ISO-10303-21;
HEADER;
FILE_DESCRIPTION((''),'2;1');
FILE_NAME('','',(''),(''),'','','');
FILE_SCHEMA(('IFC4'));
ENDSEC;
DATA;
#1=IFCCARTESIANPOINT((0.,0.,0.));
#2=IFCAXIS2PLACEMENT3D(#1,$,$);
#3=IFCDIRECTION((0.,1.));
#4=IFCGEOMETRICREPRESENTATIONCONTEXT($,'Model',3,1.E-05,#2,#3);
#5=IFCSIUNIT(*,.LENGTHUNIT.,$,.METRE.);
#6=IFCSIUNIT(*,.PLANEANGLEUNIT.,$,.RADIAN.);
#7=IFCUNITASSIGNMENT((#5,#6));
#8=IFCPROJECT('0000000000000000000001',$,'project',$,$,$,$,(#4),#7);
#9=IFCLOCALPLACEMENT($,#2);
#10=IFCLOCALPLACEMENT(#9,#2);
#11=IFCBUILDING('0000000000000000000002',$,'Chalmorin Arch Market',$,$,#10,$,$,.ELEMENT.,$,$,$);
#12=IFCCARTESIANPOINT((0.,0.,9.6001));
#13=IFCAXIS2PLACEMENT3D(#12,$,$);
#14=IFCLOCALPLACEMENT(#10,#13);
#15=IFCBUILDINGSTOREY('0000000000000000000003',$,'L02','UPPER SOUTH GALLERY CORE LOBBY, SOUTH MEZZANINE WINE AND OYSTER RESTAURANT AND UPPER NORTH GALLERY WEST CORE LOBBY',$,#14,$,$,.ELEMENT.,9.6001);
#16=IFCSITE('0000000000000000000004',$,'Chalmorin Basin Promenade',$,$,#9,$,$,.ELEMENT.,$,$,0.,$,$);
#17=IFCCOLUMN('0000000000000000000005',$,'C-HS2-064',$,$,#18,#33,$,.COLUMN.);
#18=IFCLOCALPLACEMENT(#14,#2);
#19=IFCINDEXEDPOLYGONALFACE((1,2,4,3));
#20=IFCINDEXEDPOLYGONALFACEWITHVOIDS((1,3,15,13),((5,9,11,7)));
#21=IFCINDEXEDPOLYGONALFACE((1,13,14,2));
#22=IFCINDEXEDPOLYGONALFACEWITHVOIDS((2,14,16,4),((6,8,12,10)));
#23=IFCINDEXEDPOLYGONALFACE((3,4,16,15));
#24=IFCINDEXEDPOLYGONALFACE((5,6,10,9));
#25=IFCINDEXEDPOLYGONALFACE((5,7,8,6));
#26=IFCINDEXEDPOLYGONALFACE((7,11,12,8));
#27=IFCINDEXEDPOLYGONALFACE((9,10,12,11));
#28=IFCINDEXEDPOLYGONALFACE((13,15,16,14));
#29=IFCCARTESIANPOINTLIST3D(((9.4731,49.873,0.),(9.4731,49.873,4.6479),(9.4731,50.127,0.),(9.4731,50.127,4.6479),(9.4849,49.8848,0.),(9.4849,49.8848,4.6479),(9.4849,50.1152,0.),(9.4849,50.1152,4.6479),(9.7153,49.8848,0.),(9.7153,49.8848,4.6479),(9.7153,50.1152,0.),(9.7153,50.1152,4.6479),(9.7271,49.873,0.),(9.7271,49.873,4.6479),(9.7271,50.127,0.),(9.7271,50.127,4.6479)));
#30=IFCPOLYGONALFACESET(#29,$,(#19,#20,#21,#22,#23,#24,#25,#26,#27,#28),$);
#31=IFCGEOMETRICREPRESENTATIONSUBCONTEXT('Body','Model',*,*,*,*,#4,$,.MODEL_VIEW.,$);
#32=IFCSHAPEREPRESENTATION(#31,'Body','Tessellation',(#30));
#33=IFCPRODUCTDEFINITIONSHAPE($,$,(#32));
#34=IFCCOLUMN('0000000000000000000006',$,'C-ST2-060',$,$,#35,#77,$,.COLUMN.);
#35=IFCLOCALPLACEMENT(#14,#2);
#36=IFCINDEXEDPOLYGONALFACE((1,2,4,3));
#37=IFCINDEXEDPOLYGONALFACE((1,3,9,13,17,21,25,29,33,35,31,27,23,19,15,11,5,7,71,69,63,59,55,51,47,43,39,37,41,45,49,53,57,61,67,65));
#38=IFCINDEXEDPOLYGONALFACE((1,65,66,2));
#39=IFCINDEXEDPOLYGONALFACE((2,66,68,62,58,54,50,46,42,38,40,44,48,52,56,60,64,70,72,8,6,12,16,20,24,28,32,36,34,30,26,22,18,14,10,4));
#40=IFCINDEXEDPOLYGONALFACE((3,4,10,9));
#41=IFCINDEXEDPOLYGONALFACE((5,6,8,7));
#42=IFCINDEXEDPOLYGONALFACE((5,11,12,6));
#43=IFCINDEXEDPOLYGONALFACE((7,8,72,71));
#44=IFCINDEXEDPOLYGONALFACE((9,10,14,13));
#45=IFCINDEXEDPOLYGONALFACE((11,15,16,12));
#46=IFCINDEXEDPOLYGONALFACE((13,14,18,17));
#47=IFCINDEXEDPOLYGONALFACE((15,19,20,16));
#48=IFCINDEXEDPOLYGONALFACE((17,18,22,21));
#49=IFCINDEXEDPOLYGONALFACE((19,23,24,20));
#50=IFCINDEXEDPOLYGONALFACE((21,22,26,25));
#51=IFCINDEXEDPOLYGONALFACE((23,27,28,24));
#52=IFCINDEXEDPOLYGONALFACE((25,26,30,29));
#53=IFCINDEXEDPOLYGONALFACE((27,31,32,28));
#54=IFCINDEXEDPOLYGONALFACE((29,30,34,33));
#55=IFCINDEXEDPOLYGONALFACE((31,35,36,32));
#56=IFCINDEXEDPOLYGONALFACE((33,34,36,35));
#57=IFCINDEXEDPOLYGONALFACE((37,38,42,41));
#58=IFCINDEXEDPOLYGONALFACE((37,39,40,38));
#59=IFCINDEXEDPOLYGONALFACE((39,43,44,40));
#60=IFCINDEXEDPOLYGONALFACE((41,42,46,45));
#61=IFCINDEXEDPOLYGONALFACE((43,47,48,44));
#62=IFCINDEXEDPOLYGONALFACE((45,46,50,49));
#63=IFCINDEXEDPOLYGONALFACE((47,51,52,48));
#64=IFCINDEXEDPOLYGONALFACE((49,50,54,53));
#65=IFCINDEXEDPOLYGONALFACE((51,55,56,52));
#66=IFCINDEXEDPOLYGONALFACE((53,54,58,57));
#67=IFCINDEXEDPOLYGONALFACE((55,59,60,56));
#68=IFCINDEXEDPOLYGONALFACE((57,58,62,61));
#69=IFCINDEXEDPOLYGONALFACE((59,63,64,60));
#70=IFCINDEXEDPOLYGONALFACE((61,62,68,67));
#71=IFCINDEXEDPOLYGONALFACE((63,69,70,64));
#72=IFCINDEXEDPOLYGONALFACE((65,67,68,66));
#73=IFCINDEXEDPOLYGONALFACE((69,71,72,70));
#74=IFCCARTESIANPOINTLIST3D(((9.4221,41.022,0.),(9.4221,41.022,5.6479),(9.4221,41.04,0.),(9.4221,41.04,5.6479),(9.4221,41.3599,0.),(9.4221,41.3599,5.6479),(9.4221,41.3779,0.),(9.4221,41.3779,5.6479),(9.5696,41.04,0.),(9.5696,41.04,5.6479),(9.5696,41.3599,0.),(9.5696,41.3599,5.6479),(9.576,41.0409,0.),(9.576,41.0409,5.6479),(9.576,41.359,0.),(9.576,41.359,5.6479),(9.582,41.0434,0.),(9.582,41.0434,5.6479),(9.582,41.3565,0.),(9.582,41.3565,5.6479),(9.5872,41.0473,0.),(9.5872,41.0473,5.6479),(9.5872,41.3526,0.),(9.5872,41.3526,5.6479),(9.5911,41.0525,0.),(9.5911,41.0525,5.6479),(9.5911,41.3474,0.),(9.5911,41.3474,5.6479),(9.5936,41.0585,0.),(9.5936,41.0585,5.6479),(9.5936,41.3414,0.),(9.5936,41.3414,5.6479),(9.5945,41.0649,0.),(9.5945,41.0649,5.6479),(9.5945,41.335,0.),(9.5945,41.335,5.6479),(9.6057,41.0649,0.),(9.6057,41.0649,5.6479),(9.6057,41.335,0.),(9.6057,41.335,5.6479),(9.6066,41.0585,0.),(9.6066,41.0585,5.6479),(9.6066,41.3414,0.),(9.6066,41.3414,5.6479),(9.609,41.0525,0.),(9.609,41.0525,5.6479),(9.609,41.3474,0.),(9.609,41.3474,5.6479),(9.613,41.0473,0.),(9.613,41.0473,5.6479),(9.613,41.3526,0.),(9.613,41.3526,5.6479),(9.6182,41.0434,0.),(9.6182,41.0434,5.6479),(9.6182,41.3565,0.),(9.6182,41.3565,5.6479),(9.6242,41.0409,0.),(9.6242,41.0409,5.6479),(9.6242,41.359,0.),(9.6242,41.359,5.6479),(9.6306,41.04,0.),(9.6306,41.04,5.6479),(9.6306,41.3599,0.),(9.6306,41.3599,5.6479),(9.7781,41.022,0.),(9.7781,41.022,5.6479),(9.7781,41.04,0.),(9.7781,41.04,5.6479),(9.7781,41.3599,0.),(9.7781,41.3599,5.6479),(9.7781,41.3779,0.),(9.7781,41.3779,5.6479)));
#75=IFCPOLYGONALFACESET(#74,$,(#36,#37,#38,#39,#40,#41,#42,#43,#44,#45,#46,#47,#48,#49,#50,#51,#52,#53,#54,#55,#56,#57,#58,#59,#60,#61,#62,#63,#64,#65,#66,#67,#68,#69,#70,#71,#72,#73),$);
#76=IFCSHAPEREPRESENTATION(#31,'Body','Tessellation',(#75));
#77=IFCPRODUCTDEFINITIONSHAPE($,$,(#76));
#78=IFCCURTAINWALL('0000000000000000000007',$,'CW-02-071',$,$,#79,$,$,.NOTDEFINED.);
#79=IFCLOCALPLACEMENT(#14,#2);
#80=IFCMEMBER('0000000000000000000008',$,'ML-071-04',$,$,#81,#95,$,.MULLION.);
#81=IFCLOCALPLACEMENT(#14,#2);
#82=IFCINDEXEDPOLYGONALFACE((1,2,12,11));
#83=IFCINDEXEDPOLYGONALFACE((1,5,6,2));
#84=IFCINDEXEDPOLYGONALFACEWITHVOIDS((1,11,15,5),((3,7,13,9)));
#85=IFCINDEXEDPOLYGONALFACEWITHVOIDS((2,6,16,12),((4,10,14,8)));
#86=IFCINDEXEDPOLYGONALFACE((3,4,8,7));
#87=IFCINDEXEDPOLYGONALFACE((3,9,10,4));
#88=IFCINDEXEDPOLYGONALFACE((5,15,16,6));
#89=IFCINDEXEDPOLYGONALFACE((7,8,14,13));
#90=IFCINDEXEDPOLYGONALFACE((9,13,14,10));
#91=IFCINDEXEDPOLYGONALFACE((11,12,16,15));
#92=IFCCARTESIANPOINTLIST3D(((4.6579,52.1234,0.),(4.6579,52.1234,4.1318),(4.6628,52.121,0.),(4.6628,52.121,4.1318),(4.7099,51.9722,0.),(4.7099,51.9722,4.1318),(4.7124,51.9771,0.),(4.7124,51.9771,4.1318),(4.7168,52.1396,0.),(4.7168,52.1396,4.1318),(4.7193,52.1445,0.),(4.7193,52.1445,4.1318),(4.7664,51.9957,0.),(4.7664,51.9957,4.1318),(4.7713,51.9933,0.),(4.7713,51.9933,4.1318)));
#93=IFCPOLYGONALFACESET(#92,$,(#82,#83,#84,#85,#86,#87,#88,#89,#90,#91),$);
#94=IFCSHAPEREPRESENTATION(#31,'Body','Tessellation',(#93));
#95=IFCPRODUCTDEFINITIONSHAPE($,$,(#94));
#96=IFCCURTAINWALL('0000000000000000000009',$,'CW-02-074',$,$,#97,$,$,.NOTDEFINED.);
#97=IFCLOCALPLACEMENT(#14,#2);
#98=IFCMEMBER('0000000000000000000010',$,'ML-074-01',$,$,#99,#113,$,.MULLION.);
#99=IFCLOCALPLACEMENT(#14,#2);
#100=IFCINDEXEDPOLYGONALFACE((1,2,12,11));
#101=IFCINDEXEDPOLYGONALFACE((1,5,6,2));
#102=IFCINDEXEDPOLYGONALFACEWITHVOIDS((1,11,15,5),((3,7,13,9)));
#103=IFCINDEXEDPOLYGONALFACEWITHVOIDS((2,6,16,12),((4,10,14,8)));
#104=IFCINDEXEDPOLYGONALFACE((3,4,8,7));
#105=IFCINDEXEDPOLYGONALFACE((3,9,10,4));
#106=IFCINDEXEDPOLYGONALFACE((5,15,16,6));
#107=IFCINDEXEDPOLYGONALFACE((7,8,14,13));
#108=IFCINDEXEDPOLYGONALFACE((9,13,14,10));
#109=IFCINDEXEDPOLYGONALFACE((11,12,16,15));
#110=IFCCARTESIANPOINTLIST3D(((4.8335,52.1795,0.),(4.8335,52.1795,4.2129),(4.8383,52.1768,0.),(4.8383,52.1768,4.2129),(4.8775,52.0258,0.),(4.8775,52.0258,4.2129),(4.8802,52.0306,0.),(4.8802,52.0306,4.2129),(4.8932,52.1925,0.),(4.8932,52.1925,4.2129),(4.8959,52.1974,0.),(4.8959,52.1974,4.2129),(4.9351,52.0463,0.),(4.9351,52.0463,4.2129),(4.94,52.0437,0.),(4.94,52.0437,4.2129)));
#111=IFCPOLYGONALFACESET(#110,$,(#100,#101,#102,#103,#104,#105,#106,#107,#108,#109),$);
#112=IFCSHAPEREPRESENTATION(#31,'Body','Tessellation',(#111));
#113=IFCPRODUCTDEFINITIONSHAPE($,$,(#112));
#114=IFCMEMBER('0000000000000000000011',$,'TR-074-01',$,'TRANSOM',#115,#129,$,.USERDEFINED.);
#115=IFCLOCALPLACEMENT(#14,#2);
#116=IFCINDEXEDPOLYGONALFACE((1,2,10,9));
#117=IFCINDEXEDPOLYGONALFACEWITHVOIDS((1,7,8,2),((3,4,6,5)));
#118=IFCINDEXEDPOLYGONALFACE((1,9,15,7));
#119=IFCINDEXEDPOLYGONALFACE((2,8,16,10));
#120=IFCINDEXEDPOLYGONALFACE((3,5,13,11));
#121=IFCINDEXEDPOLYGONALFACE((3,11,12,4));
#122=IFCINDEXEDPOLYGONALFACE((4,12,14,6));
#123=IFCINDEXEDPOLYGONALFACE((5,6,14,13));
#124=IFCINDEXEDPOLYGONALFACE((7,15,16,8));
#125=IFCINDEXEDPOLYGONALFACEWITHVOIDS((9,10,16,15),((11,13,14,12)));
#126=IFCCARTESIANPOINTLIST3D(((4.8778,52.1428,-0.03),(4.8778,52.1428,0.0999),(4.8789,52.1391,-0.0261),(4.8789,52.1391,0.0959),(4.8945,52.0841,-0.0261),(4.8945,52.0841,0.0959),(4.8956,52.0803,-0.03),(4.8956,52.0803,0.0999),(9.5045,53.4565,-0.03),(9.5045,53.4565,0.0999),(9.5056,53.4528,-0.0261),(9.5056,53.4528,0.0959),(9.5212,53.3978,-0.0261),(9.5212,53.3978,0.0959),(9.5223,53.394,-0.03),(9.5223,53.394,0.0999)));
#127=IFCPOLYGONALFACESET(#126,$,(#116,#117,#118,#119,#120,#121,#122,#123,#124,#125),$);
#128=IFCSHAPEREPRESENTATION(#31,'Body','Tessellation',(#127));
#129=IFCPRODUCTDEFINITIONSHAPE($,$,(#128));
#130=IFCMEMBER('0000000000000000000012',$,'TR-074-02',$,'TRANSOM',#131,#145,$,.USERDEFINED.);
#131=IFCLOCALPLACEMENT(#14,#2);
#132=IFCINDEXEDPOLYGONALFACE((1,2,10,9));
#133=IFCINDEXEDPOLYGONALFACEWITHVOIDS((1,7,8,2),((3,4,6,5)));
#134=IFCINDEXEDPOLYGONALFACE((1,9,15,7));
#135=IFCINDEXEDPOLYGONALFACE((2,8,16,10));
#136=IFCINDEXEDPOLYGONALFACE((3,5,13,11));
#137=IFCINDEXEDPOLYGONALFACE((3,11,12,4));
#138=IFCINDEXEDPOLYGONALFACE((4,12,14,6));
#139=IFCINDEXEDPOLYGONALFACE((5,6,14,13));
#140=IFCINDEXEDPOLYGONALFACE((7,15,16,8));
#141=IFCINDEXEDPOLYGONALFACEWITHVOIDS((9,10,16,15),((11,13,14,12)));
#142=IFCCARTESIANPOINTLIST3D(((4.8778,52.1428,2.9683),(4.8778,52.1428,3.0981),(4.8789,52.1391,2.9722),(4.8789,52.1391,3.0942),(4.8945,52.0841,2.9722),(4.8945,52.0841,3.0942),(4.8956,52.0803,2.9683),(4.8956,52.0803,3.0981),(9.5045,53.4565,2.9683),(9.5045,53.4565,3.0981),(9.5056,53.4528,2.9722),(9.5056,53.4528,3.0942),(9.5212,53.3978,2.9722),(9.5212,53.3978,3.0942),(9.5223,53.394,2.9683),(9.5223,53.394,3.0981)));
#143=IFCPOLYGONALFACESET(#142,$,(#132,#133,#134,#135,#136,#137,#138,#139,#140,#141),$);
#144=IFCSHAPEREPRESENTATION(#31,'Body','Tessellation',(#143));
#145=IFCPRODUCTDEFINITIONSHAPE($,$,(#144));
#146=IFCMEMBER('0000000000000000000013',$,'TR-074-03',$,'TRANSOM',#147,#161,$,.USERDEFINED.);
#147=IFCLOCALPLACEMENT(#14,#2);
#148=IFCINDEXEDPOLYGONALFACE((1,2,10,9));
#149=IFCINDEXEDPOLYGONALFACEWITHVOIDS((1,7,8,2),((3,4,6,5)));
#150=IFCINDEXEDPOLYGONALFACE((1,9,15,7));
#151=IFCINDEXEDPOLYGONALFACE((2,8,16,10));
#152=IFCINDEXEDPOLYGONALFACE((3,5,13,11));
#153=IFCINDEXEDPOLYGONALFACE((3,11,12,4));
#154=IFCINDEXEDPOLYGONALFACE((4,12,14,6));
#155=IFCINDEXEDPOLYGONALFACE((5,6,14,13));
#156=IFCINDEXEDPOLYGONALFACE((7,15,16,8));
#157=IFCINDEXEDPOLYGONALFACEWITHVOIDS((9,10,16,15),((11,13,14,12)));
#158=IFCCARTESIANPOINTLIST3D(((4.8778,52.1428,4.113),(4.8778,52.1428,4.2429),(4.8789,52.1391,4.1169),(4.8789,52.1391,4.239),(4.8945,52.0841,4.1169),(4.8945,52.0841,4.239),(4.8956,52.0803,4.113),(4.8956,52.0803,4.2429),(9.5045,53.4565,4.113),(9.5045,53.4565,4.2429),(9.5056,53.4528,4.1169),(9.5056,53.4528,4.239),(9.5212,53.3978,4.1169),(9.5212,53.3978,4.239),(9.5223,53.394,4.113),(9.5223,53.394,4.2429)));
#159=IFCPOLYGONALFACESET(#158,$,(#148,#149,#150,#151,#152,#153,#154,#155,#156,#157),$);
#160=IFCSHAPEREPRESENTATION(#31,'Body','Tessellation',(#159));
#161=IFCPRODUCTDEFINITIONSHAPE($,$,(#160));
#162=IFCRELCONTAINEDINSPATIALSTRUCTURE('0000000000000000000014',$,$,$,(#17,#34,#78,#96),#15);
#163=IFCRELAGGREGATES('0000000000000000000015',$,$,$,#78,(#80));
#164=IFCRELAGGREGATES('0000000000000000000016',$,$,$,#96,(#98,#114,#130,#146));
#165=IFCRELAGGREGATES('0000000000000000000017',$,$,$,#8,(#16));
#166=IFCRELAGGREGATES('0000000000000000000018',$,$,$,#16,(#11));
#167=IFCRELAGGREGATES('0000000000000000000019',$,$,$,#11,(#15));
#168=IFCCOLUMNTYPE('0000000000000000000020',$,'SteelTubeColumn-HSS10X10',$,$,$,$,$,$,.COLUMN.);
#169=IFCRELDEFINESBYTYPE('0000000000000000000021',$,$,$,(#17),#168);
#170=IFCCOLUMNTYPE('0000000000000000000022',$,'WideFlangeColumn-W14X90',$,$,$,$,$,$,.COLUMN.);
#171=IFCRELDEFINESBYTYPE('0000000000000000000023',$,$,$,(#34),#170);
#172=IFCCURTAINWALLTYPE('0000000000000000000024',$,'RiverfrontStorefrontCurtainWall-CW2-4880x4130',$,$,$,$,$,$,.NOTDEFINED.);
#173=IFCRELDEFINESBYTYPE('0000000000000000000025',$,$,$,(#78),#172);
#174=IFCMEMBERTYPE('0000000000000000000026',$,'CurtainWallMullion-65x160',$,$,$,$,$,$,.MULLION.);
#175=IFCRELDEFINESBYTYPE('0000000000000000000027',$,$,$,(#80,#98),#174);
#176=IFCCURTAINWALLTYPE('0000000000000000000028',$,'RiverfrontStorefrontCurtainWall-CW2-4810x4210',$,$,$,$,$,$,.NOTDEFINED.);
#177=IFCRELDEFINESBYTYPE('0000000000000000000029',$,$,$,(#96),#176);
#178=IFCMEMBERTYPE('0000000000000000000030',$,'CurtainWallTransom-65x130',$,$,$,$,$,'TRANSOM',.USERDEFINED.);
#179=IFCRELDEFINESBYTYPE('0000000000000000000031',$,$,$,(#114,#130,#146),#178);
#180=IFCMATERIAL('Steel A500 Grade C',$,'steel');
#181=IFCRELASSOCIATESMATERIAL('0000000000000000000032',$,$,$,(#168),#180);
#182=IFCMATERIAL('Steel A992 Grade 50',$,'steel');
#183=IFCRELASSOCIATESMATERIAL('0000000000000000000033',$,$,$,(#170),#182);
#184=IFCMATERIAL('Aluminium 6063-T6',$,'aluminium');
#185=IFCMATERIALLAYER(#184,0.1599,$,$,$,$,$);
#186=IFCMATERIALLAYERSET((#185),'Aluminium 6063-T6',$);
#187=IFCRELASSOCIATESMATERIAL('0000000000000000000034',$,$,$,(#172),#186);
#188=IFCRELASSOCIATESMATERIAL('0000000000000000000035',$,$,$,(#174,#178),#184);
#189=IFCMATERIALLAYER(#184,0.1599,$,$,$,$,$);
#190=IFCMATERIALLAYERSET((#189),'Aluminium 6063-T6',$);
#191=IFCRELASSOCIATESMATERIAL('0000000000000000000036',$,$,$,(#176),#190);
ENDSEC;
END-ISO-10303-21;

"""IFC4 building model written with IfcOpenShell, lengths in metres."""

from ifc_helpers import new_model, si_unit, direction, frame, origin, origin_2d, place, context, subcontext, project, spatial, hollow_rectangle, i_section, extrude, material, layer, layer_set, material_profile, profile_set, type_object, element, aggregate, save


model = new_model("IFC4")

# Units and contexts
model_context = context("Model", 3, precision=1e-05, world=origin(), true_north=direction((0.0, 1.0)))
body_context = subcontext(model_context, "Body", "Model", "MODEL_VIEW")
ifc_project = project(units=[si_unit("LENGTHUNIT", "METRE"), si_unit("PLANEANGLEUNIT", "RADIAN")], contexts=[model_context])

# Site, building, storey
site_placement = place(None, origin())
site = spatial("IfcSite", under=ifc_project, at=site_placement, Name="Chalmorin Basin Promenade", CompositionType="ELEMENT", RefElevation=0.0)
building_placement = place(site_placement, origin())
building = spatial("IfcBuilding", under=site, at=building_placement, Name="Chalmorin Arch Market", CompositionType="ELEMENT")
storey_placement = place(building_placement, frame((0.0, 0.0, 9.6001)))
storey = spatial("IfcBuildingStorey", under=building, at=storey_placement, Name="L02", Description="UPPER SOUTH GALLERY CORE LOBBY, SOUTH MEZZANINE WINE AND OYSTER RESTAURANT AND UPPER NORTH GALLERY WEST CORE LOBBY", CompositionType="ELEMENT", Elevation=9.6001)

# Columns
ifc_material_1 = material(Name="Steel A500 Grade C", Category="steel")
ifc_material_profile_1 = material_profile(ifc_material_1, hollow_rectangle(XDim=0.2539, YDim=0.2539, WallThickness=0.0117, at=origin_2d()), Name="HSS10X10X1/2")
ifc_profile_set_1 = profile_set([ifc_material_profile_1], Name="Steel A500 Grade C")
column_type_1 = type_object("IfcColumnType", Name="SteelTubeColumn-HSS10X10", PredefinedType="COLUMN", material=ifc_profile_set_1)
column_1_placement = place(storey_placement, frame((9.6001, 50.0, 0.0), z_axis=(0.0, 0.0, 1.0), x_axis=(1.0, 0.0, 0.0)))
element("IfcColumn", 1, at=column_1_placement, inside=storey, type_object=column_type_1, Name="C-HS2-064", PredefinedType="COLUMN", context=body_context, shape_type="SweptSolid", body=[
    extrude(hollow_rectangle(XDim=0.2539, YDim=0.2539, WallThickness=0.0117, at=origin_2d()), origin(), (0.0, 0.0, 1.0), 4.6479),
])
ifc_material_2 = material(Name="Steel A992 Grade 50", Category="steel")
ifc_material_profile_2 = material_profile(ifc_material_2, i_section(OverallWidth=0.356, OverallDepth=0.356, WebThickness=0.0112, FlangeThickness=0.0181, FilletRadius=0.0249, at=origin_2d()), Name="W14X90")
ifc_profile_set_2 = profile_set([ifc_material_profile_2], Name="Steel A992 Grade 50")
column_type_2 = type_object("IfcColumnType", Name="WideFlangeColumn-W14X90", PredefinedType="COLUMN", material=ifc_profile_set_2)
column_2_placement = place(storey_placement, frame((9.6001, 41.2, 0.0), z_axis=(0.0, 0.0, 1.0), x_axis=(1.0, 0.0, 0.0)))
element("IfcColumn", 2, at=column_2_placement, inside=storey, type_object=column_type_2, Name="C-ST2-060", PredefinedType="COLUMN", context=body_context, shape_type="SweptSolid", body=[
    extrude(i_section(OverallWidth=0.356, OverallDepth=0.356, WebThickness=0.0112, FlangeThickness=0.0181, FilletRadius=0.0249, at=origin_2d()), origin(), (0.0, 0.0, 1.0), 5.6479),
])

# Curtain wall, member
ifc_material_3 = material(Name="Aluminium 6063-T6", Category="aluminium")
ifc_layer_1 = layer(ifc_material_3, 0.1599)
ifc_layer_set_1 = layer_set([ifc_layer_1], Name="Aluminium 6063-T6")
curtain_wall_type_1 = type_object("IfcCurtainWallType", Name="RiverfrontStorefrontCurtainWall-CW2-4880x4130", PredefinedType="NOTDEFINED", material=ifc_layer_set_1)
curtain_wall_1_placement = place(storey_placement, origin())
curtain_wall_1 = element("IfcCurtainWall", 3, at=curtain_wall_1_placement, inside=storey, type_object=curtain_wall_type_1, Name="CW-02-071", PredefinedType="NOTDEFINED")
ifc_material_profile_3 = material_profile(ifc_material_3, hollow_rectangle(XDim=0.0649, YDim=0.1599, WallThickness=0.0039, at=origin_2d()), Name="ALU65X160X4")
ifc_profile_set_3 = profile_set([ifc_material_profile_3], Name="Aluminium 6063-T6")
member_type_1 = type_object("IfcMemberType", Name="CurtainWallMullion-65x160", PredefinedType="MULLION", material=ifc_profile_set_3)
member_1_placement = place(storey_placement, frame((4.7146, 52.0583, 0.0), z_axis=(0.0, 0.0, 1.0), x_axis=(0.945519, 0.325568, 0.0)))
member_1 = element("IfcMember", 4, at=member_1_placement, type_object=member_type_1, Name="ML-071-04", PredefinedType="MULLION", context=body_context, shape_type="SweptSolid", body=[
    extrude(hollow_rectangle(XDim=0.0649, YDim=0.1599, WallThickness=0.0039, at=origin_2d()), origin(), (0.0, 0.0, 1.0), 4.1318),
])
aggregate(curtain_wall_1, [member_1])

# Curtain wall, members
ifc_layer_2 = layer(ifc_material_3, 0.1599)
ifc_layer_set_2 = layer_set([ifc_layer_2], Name="Aluminium 6063-T6")
curtain_wall_type_2 = type_object("IfcCurtainWallType", Name="RiverfrontStorefrontCurtainWall-CW2-4810x4210", PredefinedType="NOTDEFINED", material=ifc_layer_set_2)
curtain_wall_2_placement = place(storey_placement, origin())
curtain_wall_2 = element("IfcCurtainWall", 5, at=curtain_wall_2_placement, inside=storey, type_object=curtain_wall_type_2, Name="CW-02-074", PredefinedType="NOTDEFINED")
member_2_placement = place(storey_placement, frame((4.8867, 52.1116, 0.0), z_axis=(0.0, 0.0, 1.0), x_axis=(0.961262, 0.275637, 0.0)))
member_2 = element("IfcMember", 6, at=member_2_placement, type_object=member_type_1, Name="ML-074-01", PredefinedType="MULLION", context=body_context, shape_type="SweptSolid", body=[
    extrude(hollow_rectangle(XDim=0.0649, YDim=0.1599, WallThickness=0.0039, at=origin_2d()), origin(), (0.0, 0.0, 1.0), 4.2129),
])
ifc_material_profile_4 = material_profile(ifc_material_3, hollow_rectangle(XDim=0.0649, YDim=0.1299, WallThickness=0.0039, at=origin_2d()), Name="ALU65X130X4")
ifc_profile_set_4 = profile_set([ifc_material_profile_4], Name="Aluminium 6063-T6")
member_type_2 = type_object("IfcMemberType", Name="CurtainWallTransom-65x130", ElementType="TRANSOM", PredefinedType="USERDEFINED", material=ifc_profile_set_4)
member_3_placement = place(storey_placement, frame((4.8867, 52.1116, 0.0349), z_axis=(0.961973, 0.273145, 0.0), x_axis=(-0.273145, 0.961973, 0.0)))
member_3 = element("IfcMember", 7, at=member_3_placement, type_object=member_type_2, Name="TR-074-01", ObjectType="TRANSOM", PredefinedType="USERDEFINED", context=body_context, shape_type="SweptSolid", body=[
    extrude(hollow_rectangle(XDim=0.0649, YDim=0.1299, WallThickness=0.0039, at=origin_2d()), origin(), (0.0, 0.0, 1.0), 4.8096),
])
member_4_placement = place(storey_placement, frame((4.8867, 52.1116, 3.0332), z_axis=(0.961973, 0.273145, 0.0), x_axis=(-0.273145, 0.961973, 0.0)))
member_4 = element("IfcMember", 8, at=member_4_placement, type_object=member_type_2, Name="TR-074-02", ObjectType="TRANSOM", PredefinedType="USERDEFINED", context=body_context, shape_type="SweptSolid", body=[
    extrude(hollow_rectangle(XDim=0.0649, YDim=0.1299, WallThickness=0.0039, at=origin_2d()), origin(), (0.0, 0.0, 1.0), 4.8096),
])
member_5_placement = place(storey_placement, frame((4.8867, 52.1116, 4.178), z_axis=(0.961973, 0.273145, 0.0), x_axis=(-0.273145, 0.961973, 0.0)))
member_5 = element("IfcMember", 9, at=member_5_placement, type_object=member_type_2, Name="TR-074-03", ObjectType="TRANSOM", PredefinedType="USERDEFINED", context=body_context, shape_type="SweptSolid", body=[
    extrude(hollow_rectangle(XDim=0.0649, YDim=0.1299, WallThickness=0.0039, at=origin_2d()), origin(), (0.0, 0.0, 1.0), 4.8096),
])

aggregate(curtain_wall_2, [member_2, member_3, member_4, member_5])

save(model, "model.ifc")
